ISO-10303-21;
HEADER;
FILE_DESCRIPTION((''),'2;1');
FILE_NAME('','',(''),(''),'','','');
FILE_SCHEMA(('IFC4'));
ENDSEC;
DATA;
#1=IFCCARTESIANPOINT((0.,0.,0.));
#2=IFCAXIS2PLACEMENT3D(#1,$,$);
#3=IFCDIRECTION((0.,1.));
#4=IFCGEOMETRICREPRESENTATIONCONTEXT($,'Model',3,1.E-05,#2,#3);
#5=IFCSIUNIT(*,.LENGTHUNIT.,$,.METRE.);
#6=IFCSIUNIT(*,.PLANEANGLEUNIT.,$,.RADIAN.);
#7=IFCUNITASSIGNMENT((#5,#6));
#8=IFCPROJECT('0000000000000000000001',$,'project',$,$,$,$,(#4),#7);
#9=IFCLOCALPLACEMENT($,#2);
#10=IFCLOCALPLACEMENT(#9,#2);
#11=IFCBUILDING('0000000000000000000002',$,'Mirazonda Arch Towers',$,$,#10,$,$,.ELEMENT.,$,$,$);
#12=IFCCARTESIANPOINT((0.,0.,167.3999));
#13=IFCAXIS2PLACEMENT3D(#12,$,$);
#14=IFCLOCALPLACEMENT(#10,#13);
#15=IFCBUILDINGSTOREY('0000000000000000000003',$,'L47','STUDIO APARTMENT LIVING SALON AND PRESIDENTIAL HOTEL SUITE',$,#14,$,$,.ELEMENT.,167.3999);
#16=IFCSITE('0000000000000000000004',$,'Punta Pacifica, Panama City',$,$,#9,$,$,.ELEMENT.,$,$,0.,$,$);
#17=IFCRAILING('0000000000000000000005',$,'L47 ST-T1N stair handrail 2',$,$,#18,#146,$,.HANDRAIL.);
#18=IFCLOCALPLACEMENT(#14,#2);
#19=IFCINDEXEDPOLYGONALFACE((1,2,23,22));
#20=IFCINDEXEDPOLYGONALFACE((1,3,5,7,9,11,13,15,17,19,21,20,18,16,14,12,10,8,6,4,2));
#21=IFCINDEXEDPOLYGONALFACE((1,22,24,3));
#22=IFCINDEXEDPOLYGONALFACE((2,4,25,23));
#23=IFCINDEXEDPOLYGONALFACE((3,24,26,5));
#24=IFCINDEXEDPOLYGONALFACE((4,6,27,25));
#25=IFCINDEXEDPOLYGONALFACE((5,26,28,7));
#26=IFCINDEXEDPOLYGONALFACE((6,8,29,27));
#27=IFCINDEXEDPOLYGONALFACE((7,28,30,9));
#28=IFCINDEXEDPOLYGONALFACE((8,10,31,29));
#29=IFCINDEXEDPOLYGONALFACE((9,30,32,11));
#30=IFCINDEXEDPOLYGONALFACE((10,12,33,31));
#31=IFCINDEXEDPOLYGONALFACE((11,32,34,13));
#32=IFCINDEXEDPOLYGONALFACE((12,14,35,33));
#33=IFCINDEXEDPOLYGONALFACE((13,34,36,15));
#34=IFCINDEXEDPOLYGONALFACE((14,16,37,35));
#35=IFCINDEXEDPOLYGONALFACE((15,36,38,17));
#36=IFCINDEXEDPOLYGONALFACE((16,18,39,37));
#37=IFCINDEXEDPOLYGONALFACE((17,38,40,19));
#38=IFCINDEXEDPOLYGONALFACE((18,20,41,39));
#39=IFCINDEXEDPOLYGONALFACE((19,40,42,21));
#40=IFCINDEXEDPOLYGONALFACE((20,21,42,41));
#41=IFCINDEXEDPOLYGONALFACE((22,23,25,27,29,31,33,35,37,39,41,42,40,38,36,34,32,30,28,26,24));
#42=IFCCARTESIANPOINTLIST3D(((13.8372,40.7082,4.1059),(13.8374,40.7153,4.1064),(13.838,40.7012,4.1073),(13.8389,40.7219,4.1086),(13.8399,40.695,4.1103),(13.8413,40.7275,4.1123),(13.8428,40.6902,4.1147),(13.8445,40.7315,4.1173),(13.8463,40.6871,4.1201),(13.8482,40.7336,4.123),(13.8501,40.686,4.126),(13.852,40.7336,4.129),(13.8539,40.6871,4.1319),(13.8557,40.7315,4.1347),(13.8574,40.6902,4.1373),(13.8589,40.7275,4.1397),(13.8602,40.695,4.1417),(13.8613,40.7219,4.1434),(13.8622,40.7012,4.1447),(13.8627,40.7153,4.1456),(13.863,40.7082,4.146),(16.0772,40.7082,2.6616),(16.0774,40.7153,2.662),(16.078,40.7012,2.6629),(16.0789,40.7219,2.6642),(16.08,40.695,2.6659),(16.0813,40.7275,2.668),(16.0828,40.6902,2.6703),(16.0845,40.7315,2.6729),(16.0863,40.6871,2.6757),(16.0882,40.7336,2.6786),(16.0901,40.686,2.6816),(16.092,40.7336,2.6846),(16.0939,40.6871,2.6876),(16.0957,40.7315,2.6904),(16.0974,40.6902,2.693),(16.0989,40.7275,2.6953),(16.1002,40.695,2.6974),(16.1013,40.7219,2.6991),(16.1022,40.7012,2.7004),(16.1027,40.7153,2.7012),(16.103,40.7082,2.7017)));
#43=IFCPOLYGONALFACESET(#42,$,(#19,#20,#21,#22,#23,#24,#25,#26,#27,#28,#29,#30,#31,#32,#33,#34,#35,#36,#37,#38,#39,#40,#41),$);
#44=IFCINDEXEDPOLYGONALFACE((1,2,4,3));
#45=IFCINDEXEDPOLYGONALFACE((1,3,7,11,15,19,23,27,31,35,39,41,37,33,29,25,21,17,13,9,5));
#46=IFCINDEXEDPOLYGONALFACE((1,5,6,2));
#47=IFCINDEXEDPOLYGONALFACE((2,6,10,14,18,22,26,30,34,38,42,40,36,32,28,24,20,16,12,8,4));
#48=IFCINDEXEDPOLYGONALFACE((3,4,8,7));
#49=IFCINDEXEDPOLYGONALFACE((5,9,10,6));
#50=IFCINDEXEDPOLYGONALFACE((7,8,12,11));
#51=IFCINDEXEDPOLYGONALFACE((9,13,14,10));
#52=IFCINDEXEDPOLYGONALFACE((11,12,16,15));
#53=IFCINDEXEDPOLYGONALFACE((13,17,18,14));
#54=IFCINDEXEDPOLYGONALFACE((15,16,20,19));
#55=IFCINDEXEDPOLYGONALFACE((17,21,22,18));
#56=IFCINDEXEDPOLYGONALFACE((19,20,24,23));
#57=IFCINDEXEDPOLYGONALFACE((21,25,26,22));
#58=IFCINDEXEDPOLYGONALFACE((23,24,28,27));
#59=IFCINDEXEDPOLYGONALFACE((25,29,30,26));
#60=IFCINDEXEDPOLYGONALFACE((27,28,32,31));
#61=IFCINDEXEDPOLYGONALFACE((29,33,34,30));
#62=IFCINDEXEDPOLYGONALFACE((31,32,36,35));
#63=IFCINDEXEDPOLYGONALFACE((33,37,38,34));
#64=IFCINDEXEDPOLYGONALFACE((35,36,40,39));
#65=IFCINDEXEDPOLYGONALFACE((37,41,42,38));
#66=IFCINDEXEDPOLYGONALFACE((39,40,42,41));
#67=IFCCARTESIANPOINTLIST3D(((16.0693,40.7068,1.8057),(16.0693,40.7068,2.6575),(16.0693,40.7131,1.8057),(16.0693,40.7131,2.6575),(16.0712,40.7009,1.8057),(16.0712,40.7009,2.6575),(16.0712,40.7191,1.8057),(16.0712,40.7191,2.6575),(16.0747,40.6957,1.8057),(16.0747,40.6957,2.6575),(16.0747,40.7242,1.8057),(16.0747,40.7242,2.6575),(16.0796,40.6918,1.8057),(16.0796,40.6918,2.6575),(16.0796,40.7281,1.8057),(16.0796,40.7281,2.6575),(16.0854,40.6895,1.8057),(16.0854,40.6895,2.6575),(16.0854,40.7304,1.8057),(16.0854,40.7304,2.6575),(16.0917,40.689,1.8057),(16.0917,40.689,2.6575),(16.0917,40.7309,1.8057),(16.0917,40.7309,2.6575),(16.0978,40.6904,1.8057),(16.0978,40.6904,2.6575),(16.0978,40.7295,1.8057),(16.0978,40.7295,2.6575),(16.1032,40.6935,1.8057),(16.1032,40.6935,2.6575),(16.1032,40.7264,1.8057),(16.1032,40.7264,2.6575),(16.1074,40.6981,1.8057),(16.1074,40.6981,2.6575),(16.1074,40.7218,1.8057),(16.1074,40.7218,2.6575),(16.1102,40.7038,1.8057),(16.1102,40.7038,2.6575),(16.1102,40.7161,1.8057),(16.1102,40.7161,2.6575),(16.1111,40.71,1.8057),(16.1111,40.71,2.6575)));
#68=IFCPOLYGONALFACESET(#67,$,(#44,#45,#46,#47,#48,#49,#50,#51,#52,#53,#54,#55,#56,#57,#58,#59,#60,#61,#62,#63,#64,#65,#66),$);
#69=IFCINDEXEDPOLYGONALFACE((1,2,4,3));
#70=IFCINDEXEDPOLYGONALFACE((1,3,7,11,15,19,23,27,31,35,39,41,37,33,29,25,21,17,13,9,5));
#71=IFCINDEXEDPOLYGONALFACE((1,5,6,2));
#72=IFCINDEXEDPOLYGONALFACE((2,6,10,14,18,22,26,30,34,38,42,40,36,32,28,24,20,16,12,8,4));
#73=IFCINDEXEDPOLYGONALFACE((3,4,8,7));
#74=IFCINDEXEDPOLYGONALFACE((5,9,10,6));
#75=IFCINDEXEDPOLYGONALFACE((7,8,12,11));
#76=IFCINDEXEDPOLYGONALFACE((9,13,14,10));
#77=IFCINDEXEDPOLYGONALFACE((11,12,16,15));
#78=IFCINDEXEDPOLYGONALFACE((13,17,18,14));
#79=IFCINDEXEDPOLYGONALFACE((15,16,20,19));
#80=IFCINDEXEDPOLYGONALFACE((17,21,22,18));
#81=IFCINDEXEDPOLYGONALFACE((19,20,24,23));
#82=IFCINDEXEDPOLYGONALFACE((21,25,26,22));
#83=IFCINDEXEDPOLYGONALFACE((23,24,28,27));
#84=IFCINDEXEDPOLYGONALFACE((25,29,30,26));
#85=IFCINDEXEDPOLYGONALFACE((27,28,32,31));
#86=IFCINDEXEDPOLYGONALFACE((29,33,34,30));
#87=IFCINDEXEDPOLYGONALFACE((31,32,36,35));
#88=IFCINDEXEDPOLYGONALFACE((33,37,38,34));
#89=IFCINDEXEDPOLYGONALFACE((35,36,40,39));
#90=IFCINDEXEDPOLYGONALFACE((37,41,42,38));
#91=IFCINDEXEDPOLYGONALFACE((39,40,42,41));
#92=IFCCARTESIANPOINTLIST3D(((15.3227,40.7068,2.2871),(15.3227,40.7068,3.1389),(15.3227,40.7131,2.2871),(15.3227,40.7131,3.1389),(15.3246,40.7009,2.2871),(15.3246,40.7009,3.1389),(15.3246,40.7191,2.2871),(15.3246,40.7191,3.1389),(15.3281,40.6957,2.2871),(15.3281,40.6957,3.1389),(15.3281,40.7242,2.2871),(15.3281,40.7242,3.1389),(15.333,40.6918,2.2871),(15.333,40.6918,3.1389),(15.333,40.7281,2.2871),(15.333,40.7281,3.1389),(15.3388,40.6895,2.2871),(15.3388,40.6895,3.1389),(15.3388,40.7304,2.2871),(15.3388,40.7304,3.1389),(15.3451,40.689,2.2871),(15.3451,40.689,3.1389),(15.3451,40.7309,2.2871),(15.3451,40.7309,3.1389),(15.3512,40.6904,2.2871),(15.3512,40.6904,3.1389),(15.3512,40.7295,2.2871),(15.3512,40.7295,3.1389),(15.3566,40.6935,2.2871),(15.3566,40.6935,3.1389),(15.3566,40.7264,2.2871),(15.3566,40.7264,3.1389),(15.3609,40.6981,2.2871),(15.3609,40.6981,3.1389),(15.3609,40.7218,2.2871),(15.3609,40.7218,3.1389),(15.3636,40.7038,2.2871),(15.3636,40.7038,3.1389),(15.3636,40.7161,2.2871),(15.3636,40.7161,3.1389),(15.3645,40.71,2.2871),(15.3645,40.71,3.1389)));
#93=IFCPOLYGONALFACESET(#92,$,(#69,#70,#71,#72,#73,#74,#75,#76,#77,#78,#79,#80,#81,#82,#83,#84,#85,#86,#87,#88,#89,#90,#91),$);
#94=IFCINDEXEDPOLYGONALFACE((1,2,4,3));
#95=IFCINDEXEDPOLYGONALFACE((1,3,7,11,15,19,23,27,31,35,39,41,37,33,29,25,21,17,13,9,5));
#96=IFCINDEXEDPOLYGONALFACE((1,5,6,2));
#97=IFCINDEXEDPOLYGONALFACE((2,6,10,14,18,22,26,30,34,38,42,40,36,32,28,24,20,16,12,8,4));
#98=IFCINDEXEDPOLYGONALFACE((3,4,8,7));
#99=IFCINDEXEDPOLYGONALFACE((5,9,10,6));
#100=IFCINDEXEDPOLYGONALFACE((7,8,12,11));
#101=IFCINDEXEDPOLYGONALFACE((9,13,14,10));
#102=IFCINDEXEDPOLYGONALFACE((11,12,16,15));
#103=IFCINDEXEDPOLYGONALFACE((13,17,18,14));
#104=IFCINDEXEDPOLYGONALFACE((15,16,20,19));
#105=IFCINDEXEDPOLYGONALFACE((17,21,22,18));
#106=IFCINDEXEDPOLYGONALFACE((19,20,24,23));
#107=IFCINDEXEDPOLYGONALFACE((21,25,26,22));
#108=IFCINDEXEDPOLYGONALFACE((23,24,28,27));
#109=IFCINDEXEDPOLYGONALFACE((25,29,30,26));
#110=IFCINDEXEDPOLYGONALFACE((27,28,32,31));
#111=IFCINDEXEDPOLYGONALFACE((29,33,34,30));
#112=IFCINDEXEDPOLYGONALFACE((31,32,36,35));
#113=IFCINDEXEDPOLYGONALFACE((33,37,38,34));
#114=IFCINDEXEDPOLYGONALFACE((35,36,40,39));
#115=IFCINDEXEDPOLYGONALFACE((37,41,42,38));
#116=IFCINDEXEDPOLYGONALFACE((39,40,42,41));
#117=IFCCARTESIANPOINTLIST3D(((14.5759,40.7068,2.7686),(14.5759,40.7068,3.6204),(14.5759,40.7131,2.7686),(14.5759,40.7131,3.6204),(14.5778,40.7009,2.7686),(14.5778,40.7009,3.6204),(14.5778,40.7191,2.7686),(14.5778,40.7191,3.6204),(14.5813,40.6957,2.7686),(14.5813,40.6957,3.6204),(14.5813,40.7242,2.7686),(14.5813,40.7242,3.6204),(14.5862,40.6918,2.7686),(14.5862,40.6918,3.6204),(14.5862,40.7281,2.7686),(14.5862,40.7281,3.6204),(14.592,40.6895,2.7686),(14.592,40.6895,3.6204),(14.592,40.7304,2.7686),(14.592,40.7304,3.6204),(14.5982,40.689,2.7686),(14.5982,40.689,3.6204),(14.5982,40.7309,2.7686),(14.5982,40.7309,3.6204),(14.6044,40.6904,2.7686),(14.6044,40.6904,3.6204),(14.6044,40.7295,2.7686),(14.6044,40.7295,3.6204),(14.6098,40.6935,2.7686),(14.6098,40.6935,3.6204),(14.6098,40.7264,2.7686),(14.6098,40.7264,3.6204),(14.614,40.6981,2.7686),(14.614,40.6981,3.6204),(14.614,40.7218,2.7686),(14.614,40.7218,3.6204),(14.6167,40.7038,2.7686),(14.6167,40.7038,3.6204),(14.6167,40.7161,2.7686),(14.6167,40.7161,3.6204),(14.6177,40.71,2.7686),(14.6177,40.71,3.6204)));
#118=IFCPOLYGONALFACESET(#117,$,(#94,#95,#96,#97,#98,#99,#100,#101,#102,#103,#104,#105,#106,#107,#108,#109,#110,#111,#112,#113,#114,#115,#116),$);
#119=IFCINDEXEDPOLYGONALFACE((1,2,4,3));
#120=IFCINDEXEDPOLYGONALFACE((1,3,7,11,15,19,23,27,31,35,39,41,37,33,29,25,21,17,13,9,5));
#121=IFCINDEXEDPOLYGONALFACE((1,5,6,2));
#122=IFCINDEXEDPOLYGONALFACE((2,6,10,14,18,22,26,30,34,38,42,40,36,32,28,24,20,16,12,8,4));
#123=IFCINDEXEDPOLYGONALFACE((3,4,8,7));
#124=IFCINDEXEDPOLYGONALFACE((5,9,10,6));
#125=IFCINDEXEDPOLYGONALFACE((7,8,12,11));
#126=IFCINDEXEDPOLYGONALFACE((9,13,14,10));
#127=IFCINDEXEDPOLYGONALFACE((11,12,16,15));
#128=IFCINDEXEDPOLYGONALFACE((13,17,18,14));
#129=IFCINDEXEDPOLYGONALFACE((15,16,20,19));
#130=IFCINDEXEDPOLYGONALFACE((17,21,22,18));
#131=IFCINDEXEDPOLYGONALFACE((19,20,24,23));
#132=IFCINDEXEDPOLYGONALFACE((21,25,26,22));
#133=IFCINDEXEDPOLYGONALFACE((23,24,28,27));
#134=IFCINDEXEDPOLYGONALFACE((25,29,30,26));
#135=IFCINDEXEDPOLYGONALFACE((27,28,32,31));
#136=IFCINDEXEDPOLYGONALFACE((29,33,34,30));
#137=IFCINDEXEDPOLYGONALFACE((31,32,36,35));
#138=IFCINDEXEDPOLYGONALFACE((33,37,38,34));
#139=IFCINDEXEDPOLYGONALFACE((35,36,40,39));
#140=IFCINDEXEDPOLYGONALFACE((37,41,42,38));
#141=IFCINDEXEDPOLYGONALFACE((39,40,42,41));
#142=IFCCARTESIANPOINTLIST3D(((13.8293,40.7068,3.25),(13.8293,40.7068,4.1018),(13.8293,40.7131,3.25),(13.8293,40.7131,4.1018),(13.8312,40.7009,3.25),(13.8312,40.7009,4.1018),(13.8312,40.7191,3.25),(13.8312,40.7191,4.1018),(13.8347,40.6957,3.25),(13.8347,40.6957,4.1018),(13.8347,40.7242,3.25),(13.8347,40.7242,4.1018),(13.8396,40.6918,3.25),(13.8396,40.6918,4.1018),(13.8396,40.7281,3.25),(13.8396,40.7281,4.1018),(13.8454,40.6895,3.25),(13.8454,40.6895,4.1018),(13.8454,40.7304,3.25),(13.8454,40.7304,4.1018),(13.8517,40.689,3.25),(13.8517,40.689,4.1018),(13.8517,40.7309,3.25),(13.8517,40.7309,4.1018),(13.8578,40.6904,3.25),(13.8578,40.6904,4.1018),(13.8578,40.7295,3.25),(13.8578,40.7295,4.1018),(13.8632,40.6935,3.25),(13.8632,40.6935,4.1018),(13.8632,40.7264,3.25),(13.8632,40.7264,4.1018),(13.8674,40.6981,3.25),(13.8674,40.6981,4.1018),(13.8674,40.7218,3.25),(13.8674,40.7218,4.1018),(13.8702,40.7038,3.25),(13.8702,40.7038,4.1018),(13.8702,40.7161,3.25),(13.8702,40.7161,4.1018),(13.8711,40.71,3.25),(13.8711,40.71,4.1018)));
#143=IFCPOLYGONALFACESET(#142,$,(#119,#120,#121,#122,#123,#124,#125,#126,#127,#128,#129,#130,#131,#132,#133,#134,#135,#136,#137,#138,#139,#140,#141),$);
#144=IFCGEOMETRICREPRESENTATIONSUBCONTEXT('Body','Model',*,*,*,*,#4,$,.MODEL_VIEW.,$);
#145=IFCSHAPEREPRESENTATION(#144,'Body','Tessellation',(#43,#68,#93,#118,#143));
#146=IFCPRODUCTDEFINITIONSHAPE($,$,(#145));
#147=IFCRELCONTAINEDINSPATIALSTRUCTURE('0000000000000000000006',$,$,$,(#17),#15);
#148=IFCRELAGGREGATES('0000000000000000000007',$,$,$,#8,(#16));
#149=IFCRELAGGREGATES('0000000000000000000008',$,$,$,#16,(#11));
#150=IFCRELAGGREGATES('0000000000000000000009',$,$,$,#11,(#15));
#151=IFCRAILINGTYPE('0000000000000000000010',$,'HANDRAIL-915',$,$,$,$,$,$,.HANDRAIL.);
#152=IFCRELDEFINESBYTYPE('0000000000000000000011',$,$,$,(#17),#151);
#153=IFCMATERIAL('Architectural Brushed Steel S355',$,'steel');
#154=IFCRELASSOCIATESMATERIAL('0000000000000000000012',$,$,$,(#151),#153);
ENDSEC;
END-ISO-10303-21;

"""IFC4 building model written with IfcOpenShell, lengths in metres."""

from ifc_helpers import new_model, si_unit, direction, frame, origin, origin_2d, place, context, subcontext, project, spatial, circle, extrude, material, type_object, element, save


model = new_model("IFC4")

# Units and contexts
model_context = context("Model", 3, precision=1e-05, world=origin(), true_north=direction((0.0, 1.0)))
body_context = subcontext(model_context, "Body", "Model", "MODEL_VIEW")
ifc_project = project(units=[si_unit("LENGTHUNIT", "METRE"), si_unit("PLANEANGLEUNIT", "RADIAN")], contexts=[model_context])

# Site, building, storey
site_placement = place(None, origin())
site = spatial("IfcSite", under=ifc_project, at=site_placement, Name="Punta Pacifica, Panama City", CompositionType="ELEMENT", RefElevation=0.0)
building_placement = place(site_placement, origin())
building = spatial("IfcBuilding", under=site, at=building_placement, Name="Mirazonda Arch Towers", CompositionType="ELEMENT")
storey_placement = place(building_placement, frame((0.0, 0.0, 167.3999)))
storey = spatial("IfcBuildingStorey", under=building, at=storey_placement, Name="L47", Description="STUDIO APARTMENT LIVING SALON AND PRESIDENTIAL HOTEL SUITE", CompositionType="ELEMENT", Elevation=167.3999)

# Shared definitions
ifc_material_1 = material(Name="Architectural Brushed Steel S355", Category="steel")

# Railing
railing_type_1 = type_object("IfcRailingType", Name="HANDRAIL-915", PredefinedType="HANDRAIL", material=ifc_material_1)
railing_1_placement = place(storey_placement, frame((16.0901, 40.71, 1.8057)))
element("IfcRailing", 1, at=railing_1_placement, inside=storey, type_object=railing_type_1, Name="L47 ST-T1N stair handrail 2", PredefinedType="HANDRAIL", context=body_context, shape_type="SweptSolid", body=[
    extrude(circle(Radius=0.0239, at=origin_2d()), frame((0.0, 0.0, 0.876), z_axis=(-0.840437, 0.0, 0.54191), x_axis=(0.0, -1.0, 0.0)), (0.0, 0.0, 1.0), 2.6653),
    extrude(circle(Radius=0.021, at=origin_2d()), origin(), (0.0, 0.0, 1.0), 0.8518),
    extrude(circle(Radius=0.021, at=origin_2d()), frame((-0.7466, 0.0, 0.4814)), (0.0, 0.0, 1.0), 0.8518),
    extrude(circle(Radius=0.021, at=origin_2d()), frame((-1.4934, 0.0, 0.9629)), (0.0, 0.0, 1.0), 0.8518),
    extrude(circle(Radius=0.021, at=origin_2d()), frame((-2.24, 0.0, 1.4443)), (0.0, 0.0, 1.0), 0.8518),
])

save(model, "model.ifc")
